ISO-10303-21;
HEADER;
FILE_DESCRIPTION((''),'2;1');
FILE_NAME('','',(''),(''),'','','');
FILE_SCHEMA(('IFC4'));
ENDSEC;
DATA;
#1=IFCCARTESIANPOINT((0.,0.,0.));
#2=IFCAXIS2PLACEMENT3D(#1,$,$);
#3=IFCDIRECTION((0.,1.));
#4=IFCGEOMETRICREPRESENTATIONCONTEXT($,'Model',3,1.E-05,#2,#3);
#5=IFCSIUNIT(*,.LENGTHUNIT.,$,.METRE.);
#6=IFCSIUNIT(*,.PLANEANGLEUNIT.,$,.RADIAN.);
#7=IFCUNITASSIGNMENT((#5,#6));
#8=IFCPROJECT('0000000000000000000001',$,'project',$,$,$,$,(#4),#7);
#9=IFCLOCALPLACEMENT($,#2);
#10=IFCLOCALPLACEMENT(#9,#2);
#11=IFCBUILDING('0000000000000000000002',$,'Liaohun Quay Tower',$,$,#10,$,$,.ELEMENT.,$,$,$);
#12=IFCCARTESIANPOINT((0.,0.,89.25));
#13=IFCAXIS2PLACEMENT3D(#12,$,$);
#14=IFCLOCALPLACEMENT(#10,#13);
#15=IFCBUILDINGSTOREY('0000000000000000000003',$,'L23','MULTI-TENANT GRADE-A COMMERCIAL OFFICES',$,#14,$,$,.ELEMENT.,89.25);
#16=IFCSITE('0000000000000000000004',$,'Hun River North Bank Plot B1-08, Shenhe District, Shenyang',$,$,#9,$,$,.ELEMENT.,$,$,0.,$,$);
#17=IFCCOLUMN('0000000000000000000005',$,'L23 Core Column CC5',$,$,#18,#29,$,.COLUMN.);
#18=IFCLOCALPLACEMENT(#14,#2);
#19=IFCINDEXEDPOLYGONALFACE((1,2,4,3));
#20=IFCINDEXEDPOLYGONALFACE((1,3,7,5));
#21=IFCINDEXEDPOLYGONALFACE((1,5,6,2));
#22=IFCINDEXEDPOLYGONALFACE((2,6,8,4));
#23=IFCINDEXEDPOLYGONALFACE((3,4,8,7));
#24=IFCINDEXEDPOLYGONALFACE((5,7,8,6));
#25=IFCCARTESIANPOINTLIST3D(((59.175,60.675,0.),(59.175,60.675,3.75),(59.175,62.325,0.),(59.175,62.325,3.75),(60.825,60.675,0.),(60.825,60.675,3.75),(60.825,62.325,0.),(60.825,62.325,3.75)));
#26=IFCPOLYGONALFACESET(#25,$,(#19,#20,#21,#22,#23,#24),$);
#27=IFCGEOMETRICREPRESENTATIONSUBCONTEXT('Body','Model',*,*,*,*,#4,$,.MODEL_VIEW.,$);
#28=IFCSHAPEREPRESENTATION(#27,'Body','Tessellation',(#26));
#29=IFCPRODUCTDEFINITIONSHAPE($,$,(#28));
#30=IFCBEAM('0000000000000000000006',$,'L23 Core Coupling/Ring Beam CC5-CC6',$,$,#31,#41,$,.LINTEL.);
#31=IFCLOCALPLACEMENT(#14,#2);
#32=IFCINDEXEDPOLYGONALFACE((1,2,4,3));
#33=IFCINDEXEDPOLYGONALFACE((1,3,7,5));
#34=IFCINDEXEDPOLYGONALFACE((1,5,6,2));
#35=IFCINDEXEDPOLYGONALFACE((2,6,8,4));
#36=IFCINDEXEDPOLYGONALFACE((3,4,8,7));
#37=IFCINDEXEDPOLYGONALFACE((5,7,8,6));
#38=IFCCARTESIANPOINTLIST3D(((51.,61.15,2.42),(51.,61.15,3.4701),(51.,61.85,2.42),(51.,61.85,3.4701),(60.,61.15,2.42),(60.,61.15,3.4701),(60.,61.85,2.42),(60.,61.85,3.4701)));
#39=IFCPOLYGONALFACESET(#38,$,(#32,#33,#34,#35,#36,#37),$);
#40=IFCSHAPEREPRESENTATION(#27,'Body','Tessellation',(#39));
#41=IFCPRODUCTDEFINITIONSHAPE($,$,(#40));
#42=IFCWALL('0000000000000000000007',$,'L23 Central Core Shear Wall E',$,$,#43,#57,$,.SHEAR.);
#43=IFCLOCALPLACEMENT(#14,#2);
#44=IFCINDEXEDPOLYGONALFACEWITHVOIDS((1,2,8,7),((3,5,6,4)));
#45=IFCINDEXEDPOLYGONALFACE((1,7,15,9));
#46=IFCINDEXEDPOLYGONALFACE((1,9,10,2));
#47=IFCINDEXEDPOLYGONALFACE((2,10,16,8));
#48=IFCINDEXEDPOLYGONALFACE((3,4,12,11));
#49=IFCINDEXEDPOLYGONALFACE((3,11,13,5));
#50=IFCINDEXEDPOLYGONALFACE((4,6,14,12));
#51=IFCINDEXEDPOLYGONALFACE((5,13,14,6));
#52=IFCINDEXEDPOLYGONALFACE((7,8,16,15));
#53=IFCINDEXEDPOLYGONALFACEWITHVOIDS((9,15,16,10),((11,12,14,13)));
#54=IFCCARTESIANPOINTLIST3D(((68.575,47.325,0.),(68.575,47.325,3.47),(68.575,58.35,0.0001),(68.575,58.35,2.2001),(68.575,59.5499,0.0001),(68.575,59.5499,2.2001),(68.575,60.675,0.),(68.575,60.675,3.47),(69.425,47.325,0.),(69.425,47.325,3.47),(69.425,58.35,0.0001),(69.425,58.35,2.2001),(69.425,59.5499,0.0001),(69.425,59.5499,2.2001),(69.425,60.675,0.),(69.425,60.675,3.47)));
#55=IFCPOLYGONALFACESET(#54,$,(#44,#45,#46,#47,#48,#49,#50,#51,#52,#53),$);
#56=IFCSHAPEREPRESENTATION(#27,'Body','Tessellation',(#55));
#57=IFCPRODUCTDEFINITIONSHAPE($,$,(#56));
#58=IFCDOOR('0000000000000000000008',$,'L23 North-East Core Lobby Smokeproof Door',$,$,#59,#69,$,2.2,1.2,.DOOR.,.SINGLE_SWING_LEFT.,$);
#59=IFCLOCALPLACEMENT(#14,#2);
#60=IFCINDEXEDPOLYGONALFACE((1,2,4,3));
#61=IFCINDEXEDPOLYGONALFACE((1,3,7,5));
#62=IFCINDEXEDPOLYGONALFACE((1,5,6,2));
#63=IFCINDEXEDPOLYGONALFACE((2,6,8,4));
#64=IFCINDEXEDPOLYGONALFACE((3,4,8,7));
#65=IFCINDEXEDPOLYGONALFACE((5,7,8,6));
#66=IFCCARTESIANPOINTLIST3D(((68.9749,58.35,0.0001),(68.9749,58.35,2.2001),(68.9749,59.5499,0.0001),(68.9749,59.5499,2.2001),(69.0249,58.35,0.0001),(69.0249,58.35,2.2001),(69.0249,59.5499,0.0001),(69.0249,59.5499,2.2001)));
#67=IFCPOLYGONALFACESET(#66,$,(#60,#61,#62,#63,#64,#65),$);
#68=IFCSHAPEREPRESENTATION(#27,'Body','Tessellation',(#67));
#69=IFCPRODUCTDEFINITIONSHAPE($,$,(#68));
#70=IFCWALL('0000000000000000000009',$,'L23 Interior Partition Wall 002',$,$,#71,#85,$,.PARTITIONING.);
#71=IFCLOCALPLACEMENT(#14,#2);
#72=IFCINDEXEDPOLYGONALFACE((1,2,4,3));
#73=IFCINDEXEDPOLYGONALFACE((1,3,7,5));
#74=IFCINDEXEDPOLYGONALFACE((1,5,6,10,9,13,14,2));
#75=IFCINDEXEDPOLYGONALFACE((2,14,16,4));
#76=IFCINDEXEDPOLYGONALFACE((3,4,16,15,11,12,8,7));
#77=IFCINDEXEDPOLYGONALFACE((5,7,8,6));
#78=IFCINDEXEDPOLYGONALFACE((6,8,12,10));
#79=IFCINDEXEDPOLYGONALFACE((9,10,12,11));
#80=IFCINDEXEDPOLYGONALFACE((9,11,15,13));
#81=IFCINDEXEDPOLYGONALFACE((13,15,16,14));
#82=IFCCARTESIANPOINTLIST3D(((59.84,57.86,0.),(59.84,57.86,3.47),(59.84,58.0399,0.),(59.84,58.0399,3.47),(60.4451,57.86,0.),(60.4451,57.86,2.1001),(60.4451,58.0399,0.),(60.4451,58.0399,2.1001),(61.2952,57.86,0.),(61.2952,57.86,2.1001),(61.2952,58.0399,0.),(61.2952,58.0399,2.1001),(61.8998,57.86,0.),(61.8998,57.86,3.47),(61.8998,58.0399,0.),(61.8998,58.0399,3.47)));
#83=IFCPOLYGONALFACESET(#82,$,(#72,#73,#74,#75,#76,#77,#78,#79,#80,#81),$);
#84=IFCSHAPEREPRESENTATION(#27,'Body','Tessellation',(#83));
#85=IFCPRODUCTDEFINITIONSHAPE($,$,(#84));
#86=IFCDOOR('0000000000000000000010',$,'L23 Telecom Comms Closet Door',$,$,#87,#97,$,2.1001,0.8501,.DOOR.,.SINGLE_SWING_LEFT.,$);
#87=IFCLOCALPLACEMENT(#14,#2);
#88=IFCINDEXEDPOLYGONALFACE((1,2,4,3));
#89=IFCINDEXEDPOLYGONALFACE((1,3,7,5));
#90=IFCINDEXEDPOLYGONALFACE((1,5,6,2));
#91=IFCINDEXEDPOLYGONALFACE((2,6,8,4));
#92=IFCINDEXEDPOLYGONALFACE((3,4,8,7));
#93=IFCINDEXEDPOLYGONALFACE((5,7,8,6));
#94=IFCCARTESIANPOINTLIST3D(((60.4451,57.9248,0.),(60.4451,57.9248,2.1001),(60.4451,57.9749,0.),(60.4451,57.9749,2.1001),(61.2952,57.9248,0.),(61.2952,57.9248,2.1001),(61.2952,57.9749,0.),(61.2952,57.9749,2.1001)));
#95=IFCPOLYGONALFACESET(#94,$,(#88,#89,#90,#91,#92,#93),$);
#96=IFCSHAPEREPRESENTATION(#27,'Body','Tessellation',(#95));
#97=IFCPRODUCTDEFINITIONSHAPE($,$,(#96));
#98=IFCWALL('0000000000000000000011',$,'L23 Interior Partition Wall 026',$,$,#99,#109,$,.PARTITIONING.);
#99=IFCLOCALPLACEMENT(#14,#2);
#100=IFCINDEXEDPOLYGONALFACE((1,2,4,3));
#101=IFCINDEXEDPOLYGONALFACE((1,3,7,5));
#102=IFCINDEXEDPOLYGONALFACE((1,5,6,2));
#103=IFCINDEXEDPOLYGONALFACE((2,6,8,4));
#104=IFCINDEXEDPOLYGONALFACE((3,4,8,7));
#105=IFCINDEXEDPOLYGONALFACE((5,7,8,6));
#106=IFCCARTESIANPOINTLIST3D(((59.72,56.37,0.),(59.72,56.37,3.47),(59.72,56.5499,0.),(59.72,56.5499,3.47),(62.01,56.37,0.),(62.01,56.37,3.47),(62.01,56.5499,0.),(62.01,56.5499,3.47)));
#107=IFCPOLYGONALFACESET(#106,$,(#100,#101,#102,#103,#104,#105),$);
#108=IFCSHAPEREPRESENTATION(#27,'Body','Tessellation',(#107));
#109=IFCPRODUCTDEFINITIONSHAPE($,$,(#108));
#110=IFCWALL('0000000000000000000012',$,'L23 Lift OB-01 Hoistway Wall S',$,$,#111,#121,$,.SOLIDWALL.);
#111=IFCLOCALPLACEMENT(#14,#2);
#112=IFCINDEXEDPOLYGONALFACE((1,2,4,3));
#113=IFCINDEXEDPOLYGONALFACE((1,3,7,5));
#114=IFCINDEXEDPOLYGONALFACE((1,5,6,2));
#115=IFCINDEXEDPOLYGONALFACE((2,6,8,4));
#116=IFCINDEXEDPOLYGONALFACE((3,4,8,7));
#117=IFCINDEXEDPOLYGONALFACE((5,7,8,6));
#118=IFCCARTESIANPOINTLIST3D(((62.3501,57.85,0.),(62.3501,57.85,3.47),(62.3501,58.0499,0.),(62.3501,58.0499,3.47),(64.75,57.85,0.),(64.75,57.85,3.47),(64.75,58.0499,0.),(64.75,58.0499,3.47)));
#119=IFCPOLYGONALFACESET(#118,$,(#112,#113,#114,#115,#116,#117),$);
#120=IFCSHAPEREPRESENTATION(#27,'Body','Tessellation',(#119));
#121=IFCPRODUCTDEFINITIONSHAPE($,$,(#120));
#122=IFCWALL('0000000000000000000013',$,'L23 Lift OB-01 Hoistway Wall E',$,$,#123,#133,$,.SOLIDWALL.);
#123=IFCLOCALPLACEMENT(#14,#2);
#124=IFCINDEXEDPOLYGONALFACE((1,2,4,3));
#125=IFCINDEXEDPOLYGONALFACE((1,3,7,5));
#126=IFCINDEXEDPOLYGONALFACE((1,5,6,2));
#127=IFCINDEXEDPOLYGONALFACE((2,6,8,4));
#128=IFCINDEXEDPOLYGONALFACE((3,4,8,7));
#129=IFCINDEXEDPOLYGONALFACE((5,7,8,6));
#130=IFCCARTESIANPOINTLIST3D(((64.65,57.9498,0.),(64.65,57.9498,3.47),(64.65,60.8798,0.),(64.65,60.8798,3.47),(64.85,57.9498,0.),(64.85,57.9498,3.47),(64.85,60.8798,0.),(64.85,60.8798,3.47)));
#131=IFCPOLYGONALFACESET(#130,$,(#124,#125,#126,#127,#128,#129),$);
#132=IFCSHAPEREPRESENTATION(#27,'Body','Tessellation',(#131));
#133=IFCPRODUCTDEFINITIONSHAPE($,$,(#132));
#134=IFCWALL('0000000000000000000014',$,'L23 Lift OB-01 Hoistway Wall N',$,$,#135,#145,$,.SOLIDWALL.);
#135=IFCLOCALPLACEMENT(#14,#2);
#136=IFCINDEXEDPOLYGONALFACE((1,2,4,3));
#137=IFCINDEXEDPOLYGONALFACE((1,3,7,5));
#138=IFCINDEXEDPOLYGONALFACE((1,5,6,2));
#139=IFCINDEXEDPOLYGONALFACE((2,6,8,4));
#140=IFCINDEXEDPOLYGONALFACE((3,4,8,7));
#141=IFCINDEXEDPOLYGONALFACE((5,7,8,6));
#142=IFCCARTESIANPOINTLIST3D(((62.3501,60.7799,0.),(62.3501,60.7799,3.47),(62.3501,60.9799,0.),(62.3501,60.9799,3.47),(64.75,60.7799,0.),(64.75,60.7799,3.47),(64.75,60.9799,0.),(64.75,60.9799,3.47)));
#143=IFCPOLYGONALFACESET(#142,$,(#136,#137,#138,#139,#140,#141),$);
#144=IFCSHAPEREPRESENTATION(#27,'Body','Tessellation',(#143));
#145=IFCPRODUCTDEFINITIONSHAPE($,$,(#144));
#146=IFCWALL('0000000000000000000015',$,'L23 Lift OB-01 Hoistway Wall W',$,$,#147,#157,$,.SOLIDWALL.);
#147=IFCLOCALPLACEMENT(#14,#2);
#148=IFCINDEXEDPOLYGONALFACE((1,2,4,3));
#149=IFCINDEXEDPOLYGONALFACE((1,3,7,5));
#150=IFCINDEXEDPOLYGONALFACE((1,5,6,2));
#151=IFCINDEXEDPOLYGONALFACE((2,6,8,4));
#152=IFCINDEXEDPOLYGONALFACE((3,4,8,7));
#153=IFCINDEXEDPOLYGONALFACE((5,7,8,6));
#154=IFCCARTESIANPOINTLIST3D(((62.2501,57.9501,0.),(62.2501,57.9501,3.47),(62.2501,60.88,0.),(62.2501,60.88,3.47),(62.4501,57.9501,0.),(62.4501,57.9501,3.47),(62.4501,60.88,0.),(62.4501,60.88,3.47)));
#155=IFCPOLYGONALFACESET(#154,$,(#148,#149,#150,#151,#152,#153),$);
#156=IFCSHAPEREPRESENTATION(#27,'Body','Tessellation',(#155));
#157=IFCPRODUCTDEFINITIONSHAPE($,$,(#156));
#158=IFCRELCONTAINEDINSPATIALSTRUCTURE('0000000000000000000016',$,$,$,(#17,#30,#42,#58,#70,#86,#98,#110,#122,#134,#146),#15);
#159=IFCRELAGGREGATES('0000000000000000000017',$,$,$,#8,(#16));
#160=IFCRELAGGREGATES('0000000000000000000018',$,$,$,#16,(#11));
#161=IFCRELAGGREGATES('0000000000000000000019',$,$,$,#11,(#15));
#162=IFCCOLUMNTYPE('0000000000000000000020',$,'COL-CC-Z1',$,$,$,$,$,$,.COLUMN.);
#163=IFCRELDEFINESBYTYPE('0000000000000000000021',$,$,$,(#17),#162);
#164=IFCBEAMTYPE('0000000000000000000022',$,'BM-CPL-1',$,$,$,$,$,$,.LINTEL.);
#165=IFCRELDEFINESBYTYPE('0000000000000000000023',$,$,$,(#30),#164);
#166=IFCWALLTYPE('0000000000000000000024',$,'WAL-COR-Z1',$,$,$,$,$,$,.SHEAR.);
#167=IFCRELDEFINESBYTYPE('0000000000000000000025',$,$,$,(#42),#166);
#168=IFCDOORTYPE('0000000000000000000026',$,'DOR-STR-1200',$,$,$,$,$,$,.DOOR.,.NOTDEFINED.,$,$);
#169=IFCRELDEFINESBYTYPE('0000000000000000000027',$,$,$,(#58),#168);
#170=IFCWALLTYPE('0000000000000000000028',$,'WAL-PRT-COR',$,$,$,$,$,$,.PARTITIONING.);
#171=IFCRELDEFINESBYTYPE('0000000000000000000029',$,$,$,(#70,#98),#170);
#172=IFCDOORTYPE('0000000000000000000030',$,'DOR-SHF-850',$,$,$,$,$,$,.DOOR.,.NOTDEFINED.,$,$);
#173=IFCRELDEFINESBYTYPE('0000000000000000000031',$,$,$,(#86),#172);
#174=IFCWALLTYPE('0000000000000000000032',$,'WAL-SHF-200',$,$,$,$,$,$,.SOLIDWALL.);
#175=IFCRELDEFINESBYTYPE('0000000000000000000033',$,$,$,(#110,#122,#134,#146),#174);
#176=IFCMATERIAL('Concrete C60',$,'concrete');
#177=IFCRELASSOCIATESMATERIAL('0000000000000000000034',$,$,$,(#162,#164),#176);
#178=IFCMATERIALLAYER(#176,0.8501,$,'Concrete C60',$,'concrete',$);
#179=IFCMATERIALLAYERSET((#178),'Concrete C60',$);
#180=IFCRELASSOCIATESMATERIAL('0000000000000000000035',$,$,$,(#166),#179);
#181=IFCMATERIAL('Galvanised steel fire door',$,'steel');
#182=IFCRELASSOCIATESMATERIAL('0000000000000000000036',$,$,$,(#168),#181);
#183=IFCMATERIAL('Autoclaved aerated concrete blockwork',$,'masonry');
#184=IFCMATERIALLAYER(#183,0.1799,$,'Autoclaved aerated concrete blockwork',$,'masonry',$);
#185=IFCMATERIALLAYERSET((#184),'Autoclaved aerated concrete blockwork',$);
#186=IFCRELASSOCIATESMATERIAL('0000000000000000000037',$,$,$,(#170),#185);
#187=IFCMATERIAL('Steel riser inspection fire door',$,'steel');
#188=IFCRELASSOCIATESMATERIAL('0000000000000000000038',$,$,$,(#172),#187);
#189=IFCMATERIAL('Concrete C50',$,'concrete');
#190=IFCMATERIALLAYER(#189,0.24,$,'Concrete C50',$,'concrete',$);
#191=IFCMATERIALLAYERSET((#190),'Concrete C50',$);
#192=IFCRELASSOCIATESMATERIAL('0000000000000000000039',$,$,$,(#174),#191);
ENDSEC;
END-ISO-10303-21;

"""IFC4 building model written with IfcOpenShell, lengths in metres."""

from ifc_helpers import new_model, si_unit, direction, frame, frame_2d, origin, origin_2d, place, context, subcontext, project, spatial, rectangle, extrude, source, transform, mapped, material, layer, layer_set, material_profile, profile_set, type_object, element, fill, save


model = new_model("IFC4")

# Units and contexts
model_context = context("Model", 3, precision=1e-05, world=origin(), true_north=direction((0.0, 1.0)))
body_context = subcontext(model_context, "Body", "Model", "MODEL_VIEW")
ifc_project = project(units=[si_unit("LENGTHUNIT", "METRE"), si_unit("PLANEANGLEUNIT", "RADIAN")], contexts=[model_context])

# Site, building, storey
site_placement = place(None, origin())
site = spatial("IfcSite", under=ifc_project, at=site_placement, Name="Hun River North Bank Plot B1-08, Shenhe District, Shenyang", CompositionType="ELEMENT", RefElevation=0.0)
building_placement = place(site_placement, origin())
building = spatial("IfcBuilding", under=site, at=building_placement, Name="Liaohun Quay Tower", CompositionType="ELEMENT")
storey_placement = place(building_placement, frame((0.0, 0.0, 89.25)))
storey = spatial("IfcBuildingStorey", under=building, at=storey_placement, Name="L23", Description="MULTI-TENANT GRADE-A COMMERCIAL OFFICES", CompositionType="ELEMENT", Elevation=89.25)

# Column
ifc_material_1 = material(Name="Concrete C60", Category="concrete")
ifc_material_profile_1 = material_profile(ifc_material_1, rectangle(XDim=1.6499, YDim=1.6499, at=origin_2d()), Name="RC1650x1650")
ifc_profile_set_1 = profile_set([ifc_material_profile_1], Name="Concrete C60")
column_type = type_object("IfcColumnType", Name="COL-CC-Z1", PredefinedType="COLUMN", material=ifc_profile_set_1)
shared_shape_1 = source(origin(), body_context, "Body", "SweptSolid", [
    extrude(rectangle(XDim=1.6499, YDim=1.6499, at=origin_2d()), origin(), (0.0, 0.0, 1.0), 3.75),
])
column_placement = place(storey_placement, frame((60.0, 61.5, 0.0), z_axis=(0.0, 0.0, 1.0), x_axis=(1.0, 0.0, 0.0)))
element("IfcColumn", 1, at=column_placement, inside=storey, type_object=column_type, Name="L23 Core Column CC5", PredefinedType="COLUMN", context=body_context, shape_type="MappedRepresentation", body=[
    mapped(shared_shape_1, transform((0.0, 0.0, 0.0), x_axis=(1.0, 0.0, 0.0), y_axis=(0.0, 1.0, 0.0), z_axis=(0.0, 0.0, 1.0), scale=1.0)),
])

# Beam
ifc_material_profile_2 = material_profile(ifc_material_1, rectangle(XDim=0.7, YDim=1.05, at=origin_2d()), Name="RC700x1050")
ifc_profile_set_2 = profile_set([ifc_material_profile_2], Name="Concrete C60")
beam_type = type_object("IfcBeamType", Name="BM-CPL-1", PredefinedType="LINTEL", material=ifc_profile_set_2)
shared_shape_2 = source(origin(), body_context, "Body", "SweptSolid", [
    extrude(rectangle(XDim=0.7, YDim=1.05, at=origin_2d()), origin(), (0.0, 0.0, 1.0), 9.0),
])
beam_placement = place(storey_placement, frame((60.0, 61.5, 2.9451), z_axis=(-1.0, 0.0, 0.0), x_axis=(0.0, -1.0, 0.0)))
element("IfcBeam", 2, at=beam_placement, inside=storey, type_object=beam_type, Name="L23 Core Coupling/Ring Beam CC5-CC6", PredefinedType="LINTEL", context=body_context, shape_type="MappedRepresentation", body=[
    mapped(shared_shape_2, transform((0.0, 0.0, 0.0), x_axis=(1.0, 0.0, 0.0), y_axis=(0.0, 1.0, 0.0), z_axis=(0.0, 0.0, 1.0), scale=1.0)),
])

# Walls, openings, doors
ifc_layer_1 = layer(ifc_material_1, 0.8501, Name="Concrete C60", Category="concrete")
ifc_layer_set_1 = layer_set([ifc_layer_1], Name="Concrete C60")
wall_type_1 = type_object("IfcWallType", Name="WAL-COR-Z1", PredefinedType="SHEAR", material=ifc_layer_set_1)
wall_1_placement = place(storey_placement, frame((69.0, 60.675, 0.0), z_axis=(0.0, 0.0, 1.0), x_axis=(0.0, -1.0, 0.0)))
wall_1 = element("IfcWall", 3, at=wall_1_placement, inside=storey, type_object=wall_type_1, Name="L23 Central Core Shear Wall E", PredefinedType="SHEAR", context=body_context, shape_type="SweptSolid", body=[
    extrude(rectangle(XDim=13.3501, YDim=0.8501, at=frame_2d((6.675, 0.0))), origin(), (0.0, 0.0, 1.0), 3.47),
])
shared_shape_3 = source(origin(), body_context, "Body", "SweptSolid", [
    extrude(rectangle(XDim=1.2, YDim=2.2, at=frame_2d((0.6001, 1.1001))), frame((0.0, 0.4351, 0.0), z_axis=(0.0, -1.0, 0.0), x_axis=(1.0, 0.0, 0.0)), (0.0, 0.0, 1.0), 0.8701),
])
opening_1_placement = place(wall_1_placement, frame((1.125, 0.0, 0.0)))
opening_1 = element("IfcOpeningElement", 4, at=opening_1_placement, cuts=wall_1, PredefinedType="OPENING", context=body_context, shape_type="MappedRepresentation", body=[
    mapped(shared_shape_3, transform((0.0, 0.0, 0.0), x_axis=(1.0, 0.0, 0.0), y_axis=(0.0, 1.0, 0.0), z_axis=(0.0, 0.0, 1.0), scale=1.0)),
])
ifc_material_2 = material(Name="Galvanised steel fire door", Category="steel")
door_type_1 = type_object("IfcDoorType", Name="DOR-STR-1200", OperationType="NOTDEFINED", PredefinedType="DOOR", material=ifc_material_2)
shared_shape_4 = source(origin(), body_context, "Body", "SweptSolid", [
    extrude(rectangle(XDim=1.2, YDim=2.2, at=frame_2d((0.6001, 1.1001))), frame((0.0, 0.0249, 0.0), z_axis=(0.0, -1.0, 0.0), x_axis=(1.0, 0.0, 0.0)), (0.0, 0.0, 1.0), 0.05),
])
door_1_placement = place(opening_1_placement, origin())
door_1 = element("IfcDoor", 5, at=door_1_placement, inside=storey, type_object=door_type_1, Name="L23 North-East Core Lobby Smokeproof Door", OperationType="SINGLE_SWING_LEFT", OverallHeight=2.2, OverallWidth=1.2, PredefinedType="DOOR", context=body_context, shape_type="MappedRepresentation", body=[
    mapped(shared_shape_4, transform((0.0, 0.0, 0.0), x_axis=(1.0, 0.0, 0.0), y_axis=(0.0, 1.0, 0.0), z_axis=(0.0, 0.0, 1.0), scale=1.0)),
])
fill(opening_1, door_1)
ifc_material_3 = material(Name="Autoclaved aerated concrete blockwork", Category="masonry")
ifc_layer_2 = layer(ifc_material_3, 0.1799, Name="Autoclaved aerated concrete blockwork", Category="masonry")
ifc_layer_set_2 = layer_set([ifc_layer_2], Name="Autoclaved aerated concrete blockwork")
wall_type_2 = type_object("IfcWallType", Name="WAL-PRT-COR", PredefinedType="PARTITIONING", material=ifc_layer_set_2)
wall_2_placement = place(storey_placement, frame((59.8401, 57.95, 0.0), z_axis=(0.0, 0.0, 1.0), x_axis=(1.0, 0.0, 0.0)))
wall_2 = element("IfcWall", 6, at=wall_2_placement, inside=storey, type_object=wall_type_2, Name="L23 Interior Partition Wall 002", PredefinedType="PARTITIONING", context=body_context, shape_type="SweptSolid", body=[
    extrude(rectangle(XDim=2.0598, YDim=0.1799, at=frame_2d((1.0298, 0.0))), origin(), (0.0, 0.0, 1.0), 3.47),
])
shared_shape_5 = source(origin(), body_context, "Body", "SweptSolid", [
    extrude(rectangle(XDim=0.8501, YDim=2.1001, at=frame_2d((0.425, 1.05))), frame((0.0, 0.0999, 0.0), z_axis=(0.0, -1.0, 0.0), x_axis=(1.0, 0.0, 0.0)), (0.0, 0.0, 1.0), 0.2),
])
opening_2_placement = place(wall_2_placement, frame((0.605, 0.0, 0.0)))
opening_2 = element("IfcOpeningElement", 7, at=opening_2_placement, cuts=wall_2, PredefinedType="OPENING", context=body_context, shape_type="MappedRepresentation", body=[
    mapped(shared_shape_5, transform((0.0, 0.0, 0.0), x_axis=(1.0, 0.0, 0.0), y_axis=(0.0, 1.0, 0.0), z_axis=(0.0, 0.0, 1.0), scale=1.0)),
])
ifc_material_4 = material(Name="Steel riser inspection fire door", Category="steel")
door_type_2 = type_object("IfcDoorType", Name="DOR-SHF-850", OperationType="NOTDEFINED", PredefinedType="DOOR", material=ifc_material_4)
shared_shape_6 = source(origin(), body_context, "Body", "SweptSolid", [
    extrude(rectangle(XDim=0.8501, YDim=2.1001, at=frame_2d((0.425, 1.05))), frame((0.0, 0.0249, 0.0), z_axis=(0.0, -1.0, 0.0), x_axis=(1.0, 0.0, 0.0)), (0.0, 0.0, 1.0), 0.05),
])
door_2_placement = place(opening_2_placement, origin())
door_2 = element("IfcDoor", 8, at=door_2_placement, inside=storey, type_object=door_type_2, Name="L23 Telecom Comms Closet Door", OperationType="SINGLE_SWING_LEFT", OverallHeight=2.1001, OverallWidth=0.8501, PredefinedType="DOOR", context=body_context, shape_type="MappedRepresentation", body=[
    mapped(shared_shape_6, transform((0.0, 0.0, 0.0), x_axis=(1.0, 0.0, 0.0), y_axis=(0.0, 1.0, 0.0), z_axis=(0.0, 0.0, 1.0), scale=1.0)),
])
fill(opening_2, door_2)

# Walls
wall_3_placement = place(storey_placement, frame((59.72, 56.46, 0.0), z_axis=(0.0, 0.0, 1.0), x_axis=(1.0, 0.0, 0.0)))
element("IfcWall", 9, at=wall_3_placement, inside=storey, type_object=wall_type_2, Name="L23 Interior Partition Wall 026", PredefinedType="PARTITIONING", context=body_context, shape_type="SweptSolid", body=[
    extrude(rectangle(XDim=2.29, YDim=0.1799, at=frame_2d((1.145, 0.0))), origin(), (0.0, 0.0, 1.0), 3.47),
])
ifc_material_5 = material(Name="Concrete C50", Category="concrete")
ifc_layer_3 = layer(ifc_material_5, 0.24, Name="Concrete C50", Category="concrete")
ifc_layer_set_3 = layer_set([ifc_layer_3], Name="Concrete C50")
wall_type_3 = type_object("IfcWallType", Name="WAL-SHF-200", PredefinedType="SOLIDWALL", material=ifc_layer_set_3)
wall_4_placement = place(storey_placement, frame((62.3501, 57.95, 0.0), z_axis=(0.0, 0.0, 1.0), x_axis=(1.0, 0.0, 0.0)))
element("IfcWall", 10, at=wall_4_placement, inside=storey, type_object=wall_type_3, Name="L23 Lift OB-01 Hoistway Wall S", PredefinedType="SOLIDWALL", context=body_context, shape_type="SweptSolid", body=[
    extrude(rectangle(XDim=2.3999, YDim=0.2, at=frame_2d((1.2, 0.0))), origin(), (0.0, 0.0, 1.0), 3.47),
])
wall_5_placement = place(storey_placement, frame((64.75, 57.95, 0.0), z_axis=(0.0, 0.0, 1.0), x_axis=(0.0, 1.0, 0.0)))
element("IfcWall", 11, at=wall_5_placement, inside=storey, type_object=wall_type_3, Name="L23 Lift OB-01 Hoistway Wall E", PredefinedType="SOLIDWALL", context=body_context, shape_type="SweptSolid", body=[
    extrude(rectangle(XDim=2.9299, YDim=0.2, at=frame_2d((1.4648, 0.0))), origin(), (0.0, 0.0, 1.0), 3.47),
])
wall_6_placement = place(storey_placement, frame((64.75, 60.8799, 0.0), z_axis=(0.0, 0.0, 1.0), x_axis=(-1.0, 0.0, 0.0)))
element("IfcWall", 12, at=wall_6_placement, inside=storey, type_object=wall_type_3, Name="L23 Lift OB-01 Hoistway Wall N", PredefinedType="SOLIDWALL", context=body_context, shape_type="SweptSolid", body=[
    extrude(rectangle(XDim=2.3999, YDim=0.2, at=frame_2d((1.2, 0.0))), origin(), (0.0, 0.0, 1.0), 3.47),
])
wall_7_placement = place(storey_placement, frame((62.3501, 60.8799, 0.0), z_axis=(0.0, 0.0, 1.0), x_axis=(0.0, -1.0, 0.0)))
element("IfcWall", 13, at=wall_7_placement, inside=storey, type_object=wall_type_3, Name="L23 Lift OB-01 Hoistway Wall W", PredefinedType="SOLIDWALL", context=body_context, shape_type="SweptSolid", body=[
    extrude(rectangle(XDim=2.9299, YDim=0.2, at=frame_2d((1.4648, 0.0))), origin(), (0.0, 0.0, 1.0), 3.47),
])

save(model, "model.ifc")
